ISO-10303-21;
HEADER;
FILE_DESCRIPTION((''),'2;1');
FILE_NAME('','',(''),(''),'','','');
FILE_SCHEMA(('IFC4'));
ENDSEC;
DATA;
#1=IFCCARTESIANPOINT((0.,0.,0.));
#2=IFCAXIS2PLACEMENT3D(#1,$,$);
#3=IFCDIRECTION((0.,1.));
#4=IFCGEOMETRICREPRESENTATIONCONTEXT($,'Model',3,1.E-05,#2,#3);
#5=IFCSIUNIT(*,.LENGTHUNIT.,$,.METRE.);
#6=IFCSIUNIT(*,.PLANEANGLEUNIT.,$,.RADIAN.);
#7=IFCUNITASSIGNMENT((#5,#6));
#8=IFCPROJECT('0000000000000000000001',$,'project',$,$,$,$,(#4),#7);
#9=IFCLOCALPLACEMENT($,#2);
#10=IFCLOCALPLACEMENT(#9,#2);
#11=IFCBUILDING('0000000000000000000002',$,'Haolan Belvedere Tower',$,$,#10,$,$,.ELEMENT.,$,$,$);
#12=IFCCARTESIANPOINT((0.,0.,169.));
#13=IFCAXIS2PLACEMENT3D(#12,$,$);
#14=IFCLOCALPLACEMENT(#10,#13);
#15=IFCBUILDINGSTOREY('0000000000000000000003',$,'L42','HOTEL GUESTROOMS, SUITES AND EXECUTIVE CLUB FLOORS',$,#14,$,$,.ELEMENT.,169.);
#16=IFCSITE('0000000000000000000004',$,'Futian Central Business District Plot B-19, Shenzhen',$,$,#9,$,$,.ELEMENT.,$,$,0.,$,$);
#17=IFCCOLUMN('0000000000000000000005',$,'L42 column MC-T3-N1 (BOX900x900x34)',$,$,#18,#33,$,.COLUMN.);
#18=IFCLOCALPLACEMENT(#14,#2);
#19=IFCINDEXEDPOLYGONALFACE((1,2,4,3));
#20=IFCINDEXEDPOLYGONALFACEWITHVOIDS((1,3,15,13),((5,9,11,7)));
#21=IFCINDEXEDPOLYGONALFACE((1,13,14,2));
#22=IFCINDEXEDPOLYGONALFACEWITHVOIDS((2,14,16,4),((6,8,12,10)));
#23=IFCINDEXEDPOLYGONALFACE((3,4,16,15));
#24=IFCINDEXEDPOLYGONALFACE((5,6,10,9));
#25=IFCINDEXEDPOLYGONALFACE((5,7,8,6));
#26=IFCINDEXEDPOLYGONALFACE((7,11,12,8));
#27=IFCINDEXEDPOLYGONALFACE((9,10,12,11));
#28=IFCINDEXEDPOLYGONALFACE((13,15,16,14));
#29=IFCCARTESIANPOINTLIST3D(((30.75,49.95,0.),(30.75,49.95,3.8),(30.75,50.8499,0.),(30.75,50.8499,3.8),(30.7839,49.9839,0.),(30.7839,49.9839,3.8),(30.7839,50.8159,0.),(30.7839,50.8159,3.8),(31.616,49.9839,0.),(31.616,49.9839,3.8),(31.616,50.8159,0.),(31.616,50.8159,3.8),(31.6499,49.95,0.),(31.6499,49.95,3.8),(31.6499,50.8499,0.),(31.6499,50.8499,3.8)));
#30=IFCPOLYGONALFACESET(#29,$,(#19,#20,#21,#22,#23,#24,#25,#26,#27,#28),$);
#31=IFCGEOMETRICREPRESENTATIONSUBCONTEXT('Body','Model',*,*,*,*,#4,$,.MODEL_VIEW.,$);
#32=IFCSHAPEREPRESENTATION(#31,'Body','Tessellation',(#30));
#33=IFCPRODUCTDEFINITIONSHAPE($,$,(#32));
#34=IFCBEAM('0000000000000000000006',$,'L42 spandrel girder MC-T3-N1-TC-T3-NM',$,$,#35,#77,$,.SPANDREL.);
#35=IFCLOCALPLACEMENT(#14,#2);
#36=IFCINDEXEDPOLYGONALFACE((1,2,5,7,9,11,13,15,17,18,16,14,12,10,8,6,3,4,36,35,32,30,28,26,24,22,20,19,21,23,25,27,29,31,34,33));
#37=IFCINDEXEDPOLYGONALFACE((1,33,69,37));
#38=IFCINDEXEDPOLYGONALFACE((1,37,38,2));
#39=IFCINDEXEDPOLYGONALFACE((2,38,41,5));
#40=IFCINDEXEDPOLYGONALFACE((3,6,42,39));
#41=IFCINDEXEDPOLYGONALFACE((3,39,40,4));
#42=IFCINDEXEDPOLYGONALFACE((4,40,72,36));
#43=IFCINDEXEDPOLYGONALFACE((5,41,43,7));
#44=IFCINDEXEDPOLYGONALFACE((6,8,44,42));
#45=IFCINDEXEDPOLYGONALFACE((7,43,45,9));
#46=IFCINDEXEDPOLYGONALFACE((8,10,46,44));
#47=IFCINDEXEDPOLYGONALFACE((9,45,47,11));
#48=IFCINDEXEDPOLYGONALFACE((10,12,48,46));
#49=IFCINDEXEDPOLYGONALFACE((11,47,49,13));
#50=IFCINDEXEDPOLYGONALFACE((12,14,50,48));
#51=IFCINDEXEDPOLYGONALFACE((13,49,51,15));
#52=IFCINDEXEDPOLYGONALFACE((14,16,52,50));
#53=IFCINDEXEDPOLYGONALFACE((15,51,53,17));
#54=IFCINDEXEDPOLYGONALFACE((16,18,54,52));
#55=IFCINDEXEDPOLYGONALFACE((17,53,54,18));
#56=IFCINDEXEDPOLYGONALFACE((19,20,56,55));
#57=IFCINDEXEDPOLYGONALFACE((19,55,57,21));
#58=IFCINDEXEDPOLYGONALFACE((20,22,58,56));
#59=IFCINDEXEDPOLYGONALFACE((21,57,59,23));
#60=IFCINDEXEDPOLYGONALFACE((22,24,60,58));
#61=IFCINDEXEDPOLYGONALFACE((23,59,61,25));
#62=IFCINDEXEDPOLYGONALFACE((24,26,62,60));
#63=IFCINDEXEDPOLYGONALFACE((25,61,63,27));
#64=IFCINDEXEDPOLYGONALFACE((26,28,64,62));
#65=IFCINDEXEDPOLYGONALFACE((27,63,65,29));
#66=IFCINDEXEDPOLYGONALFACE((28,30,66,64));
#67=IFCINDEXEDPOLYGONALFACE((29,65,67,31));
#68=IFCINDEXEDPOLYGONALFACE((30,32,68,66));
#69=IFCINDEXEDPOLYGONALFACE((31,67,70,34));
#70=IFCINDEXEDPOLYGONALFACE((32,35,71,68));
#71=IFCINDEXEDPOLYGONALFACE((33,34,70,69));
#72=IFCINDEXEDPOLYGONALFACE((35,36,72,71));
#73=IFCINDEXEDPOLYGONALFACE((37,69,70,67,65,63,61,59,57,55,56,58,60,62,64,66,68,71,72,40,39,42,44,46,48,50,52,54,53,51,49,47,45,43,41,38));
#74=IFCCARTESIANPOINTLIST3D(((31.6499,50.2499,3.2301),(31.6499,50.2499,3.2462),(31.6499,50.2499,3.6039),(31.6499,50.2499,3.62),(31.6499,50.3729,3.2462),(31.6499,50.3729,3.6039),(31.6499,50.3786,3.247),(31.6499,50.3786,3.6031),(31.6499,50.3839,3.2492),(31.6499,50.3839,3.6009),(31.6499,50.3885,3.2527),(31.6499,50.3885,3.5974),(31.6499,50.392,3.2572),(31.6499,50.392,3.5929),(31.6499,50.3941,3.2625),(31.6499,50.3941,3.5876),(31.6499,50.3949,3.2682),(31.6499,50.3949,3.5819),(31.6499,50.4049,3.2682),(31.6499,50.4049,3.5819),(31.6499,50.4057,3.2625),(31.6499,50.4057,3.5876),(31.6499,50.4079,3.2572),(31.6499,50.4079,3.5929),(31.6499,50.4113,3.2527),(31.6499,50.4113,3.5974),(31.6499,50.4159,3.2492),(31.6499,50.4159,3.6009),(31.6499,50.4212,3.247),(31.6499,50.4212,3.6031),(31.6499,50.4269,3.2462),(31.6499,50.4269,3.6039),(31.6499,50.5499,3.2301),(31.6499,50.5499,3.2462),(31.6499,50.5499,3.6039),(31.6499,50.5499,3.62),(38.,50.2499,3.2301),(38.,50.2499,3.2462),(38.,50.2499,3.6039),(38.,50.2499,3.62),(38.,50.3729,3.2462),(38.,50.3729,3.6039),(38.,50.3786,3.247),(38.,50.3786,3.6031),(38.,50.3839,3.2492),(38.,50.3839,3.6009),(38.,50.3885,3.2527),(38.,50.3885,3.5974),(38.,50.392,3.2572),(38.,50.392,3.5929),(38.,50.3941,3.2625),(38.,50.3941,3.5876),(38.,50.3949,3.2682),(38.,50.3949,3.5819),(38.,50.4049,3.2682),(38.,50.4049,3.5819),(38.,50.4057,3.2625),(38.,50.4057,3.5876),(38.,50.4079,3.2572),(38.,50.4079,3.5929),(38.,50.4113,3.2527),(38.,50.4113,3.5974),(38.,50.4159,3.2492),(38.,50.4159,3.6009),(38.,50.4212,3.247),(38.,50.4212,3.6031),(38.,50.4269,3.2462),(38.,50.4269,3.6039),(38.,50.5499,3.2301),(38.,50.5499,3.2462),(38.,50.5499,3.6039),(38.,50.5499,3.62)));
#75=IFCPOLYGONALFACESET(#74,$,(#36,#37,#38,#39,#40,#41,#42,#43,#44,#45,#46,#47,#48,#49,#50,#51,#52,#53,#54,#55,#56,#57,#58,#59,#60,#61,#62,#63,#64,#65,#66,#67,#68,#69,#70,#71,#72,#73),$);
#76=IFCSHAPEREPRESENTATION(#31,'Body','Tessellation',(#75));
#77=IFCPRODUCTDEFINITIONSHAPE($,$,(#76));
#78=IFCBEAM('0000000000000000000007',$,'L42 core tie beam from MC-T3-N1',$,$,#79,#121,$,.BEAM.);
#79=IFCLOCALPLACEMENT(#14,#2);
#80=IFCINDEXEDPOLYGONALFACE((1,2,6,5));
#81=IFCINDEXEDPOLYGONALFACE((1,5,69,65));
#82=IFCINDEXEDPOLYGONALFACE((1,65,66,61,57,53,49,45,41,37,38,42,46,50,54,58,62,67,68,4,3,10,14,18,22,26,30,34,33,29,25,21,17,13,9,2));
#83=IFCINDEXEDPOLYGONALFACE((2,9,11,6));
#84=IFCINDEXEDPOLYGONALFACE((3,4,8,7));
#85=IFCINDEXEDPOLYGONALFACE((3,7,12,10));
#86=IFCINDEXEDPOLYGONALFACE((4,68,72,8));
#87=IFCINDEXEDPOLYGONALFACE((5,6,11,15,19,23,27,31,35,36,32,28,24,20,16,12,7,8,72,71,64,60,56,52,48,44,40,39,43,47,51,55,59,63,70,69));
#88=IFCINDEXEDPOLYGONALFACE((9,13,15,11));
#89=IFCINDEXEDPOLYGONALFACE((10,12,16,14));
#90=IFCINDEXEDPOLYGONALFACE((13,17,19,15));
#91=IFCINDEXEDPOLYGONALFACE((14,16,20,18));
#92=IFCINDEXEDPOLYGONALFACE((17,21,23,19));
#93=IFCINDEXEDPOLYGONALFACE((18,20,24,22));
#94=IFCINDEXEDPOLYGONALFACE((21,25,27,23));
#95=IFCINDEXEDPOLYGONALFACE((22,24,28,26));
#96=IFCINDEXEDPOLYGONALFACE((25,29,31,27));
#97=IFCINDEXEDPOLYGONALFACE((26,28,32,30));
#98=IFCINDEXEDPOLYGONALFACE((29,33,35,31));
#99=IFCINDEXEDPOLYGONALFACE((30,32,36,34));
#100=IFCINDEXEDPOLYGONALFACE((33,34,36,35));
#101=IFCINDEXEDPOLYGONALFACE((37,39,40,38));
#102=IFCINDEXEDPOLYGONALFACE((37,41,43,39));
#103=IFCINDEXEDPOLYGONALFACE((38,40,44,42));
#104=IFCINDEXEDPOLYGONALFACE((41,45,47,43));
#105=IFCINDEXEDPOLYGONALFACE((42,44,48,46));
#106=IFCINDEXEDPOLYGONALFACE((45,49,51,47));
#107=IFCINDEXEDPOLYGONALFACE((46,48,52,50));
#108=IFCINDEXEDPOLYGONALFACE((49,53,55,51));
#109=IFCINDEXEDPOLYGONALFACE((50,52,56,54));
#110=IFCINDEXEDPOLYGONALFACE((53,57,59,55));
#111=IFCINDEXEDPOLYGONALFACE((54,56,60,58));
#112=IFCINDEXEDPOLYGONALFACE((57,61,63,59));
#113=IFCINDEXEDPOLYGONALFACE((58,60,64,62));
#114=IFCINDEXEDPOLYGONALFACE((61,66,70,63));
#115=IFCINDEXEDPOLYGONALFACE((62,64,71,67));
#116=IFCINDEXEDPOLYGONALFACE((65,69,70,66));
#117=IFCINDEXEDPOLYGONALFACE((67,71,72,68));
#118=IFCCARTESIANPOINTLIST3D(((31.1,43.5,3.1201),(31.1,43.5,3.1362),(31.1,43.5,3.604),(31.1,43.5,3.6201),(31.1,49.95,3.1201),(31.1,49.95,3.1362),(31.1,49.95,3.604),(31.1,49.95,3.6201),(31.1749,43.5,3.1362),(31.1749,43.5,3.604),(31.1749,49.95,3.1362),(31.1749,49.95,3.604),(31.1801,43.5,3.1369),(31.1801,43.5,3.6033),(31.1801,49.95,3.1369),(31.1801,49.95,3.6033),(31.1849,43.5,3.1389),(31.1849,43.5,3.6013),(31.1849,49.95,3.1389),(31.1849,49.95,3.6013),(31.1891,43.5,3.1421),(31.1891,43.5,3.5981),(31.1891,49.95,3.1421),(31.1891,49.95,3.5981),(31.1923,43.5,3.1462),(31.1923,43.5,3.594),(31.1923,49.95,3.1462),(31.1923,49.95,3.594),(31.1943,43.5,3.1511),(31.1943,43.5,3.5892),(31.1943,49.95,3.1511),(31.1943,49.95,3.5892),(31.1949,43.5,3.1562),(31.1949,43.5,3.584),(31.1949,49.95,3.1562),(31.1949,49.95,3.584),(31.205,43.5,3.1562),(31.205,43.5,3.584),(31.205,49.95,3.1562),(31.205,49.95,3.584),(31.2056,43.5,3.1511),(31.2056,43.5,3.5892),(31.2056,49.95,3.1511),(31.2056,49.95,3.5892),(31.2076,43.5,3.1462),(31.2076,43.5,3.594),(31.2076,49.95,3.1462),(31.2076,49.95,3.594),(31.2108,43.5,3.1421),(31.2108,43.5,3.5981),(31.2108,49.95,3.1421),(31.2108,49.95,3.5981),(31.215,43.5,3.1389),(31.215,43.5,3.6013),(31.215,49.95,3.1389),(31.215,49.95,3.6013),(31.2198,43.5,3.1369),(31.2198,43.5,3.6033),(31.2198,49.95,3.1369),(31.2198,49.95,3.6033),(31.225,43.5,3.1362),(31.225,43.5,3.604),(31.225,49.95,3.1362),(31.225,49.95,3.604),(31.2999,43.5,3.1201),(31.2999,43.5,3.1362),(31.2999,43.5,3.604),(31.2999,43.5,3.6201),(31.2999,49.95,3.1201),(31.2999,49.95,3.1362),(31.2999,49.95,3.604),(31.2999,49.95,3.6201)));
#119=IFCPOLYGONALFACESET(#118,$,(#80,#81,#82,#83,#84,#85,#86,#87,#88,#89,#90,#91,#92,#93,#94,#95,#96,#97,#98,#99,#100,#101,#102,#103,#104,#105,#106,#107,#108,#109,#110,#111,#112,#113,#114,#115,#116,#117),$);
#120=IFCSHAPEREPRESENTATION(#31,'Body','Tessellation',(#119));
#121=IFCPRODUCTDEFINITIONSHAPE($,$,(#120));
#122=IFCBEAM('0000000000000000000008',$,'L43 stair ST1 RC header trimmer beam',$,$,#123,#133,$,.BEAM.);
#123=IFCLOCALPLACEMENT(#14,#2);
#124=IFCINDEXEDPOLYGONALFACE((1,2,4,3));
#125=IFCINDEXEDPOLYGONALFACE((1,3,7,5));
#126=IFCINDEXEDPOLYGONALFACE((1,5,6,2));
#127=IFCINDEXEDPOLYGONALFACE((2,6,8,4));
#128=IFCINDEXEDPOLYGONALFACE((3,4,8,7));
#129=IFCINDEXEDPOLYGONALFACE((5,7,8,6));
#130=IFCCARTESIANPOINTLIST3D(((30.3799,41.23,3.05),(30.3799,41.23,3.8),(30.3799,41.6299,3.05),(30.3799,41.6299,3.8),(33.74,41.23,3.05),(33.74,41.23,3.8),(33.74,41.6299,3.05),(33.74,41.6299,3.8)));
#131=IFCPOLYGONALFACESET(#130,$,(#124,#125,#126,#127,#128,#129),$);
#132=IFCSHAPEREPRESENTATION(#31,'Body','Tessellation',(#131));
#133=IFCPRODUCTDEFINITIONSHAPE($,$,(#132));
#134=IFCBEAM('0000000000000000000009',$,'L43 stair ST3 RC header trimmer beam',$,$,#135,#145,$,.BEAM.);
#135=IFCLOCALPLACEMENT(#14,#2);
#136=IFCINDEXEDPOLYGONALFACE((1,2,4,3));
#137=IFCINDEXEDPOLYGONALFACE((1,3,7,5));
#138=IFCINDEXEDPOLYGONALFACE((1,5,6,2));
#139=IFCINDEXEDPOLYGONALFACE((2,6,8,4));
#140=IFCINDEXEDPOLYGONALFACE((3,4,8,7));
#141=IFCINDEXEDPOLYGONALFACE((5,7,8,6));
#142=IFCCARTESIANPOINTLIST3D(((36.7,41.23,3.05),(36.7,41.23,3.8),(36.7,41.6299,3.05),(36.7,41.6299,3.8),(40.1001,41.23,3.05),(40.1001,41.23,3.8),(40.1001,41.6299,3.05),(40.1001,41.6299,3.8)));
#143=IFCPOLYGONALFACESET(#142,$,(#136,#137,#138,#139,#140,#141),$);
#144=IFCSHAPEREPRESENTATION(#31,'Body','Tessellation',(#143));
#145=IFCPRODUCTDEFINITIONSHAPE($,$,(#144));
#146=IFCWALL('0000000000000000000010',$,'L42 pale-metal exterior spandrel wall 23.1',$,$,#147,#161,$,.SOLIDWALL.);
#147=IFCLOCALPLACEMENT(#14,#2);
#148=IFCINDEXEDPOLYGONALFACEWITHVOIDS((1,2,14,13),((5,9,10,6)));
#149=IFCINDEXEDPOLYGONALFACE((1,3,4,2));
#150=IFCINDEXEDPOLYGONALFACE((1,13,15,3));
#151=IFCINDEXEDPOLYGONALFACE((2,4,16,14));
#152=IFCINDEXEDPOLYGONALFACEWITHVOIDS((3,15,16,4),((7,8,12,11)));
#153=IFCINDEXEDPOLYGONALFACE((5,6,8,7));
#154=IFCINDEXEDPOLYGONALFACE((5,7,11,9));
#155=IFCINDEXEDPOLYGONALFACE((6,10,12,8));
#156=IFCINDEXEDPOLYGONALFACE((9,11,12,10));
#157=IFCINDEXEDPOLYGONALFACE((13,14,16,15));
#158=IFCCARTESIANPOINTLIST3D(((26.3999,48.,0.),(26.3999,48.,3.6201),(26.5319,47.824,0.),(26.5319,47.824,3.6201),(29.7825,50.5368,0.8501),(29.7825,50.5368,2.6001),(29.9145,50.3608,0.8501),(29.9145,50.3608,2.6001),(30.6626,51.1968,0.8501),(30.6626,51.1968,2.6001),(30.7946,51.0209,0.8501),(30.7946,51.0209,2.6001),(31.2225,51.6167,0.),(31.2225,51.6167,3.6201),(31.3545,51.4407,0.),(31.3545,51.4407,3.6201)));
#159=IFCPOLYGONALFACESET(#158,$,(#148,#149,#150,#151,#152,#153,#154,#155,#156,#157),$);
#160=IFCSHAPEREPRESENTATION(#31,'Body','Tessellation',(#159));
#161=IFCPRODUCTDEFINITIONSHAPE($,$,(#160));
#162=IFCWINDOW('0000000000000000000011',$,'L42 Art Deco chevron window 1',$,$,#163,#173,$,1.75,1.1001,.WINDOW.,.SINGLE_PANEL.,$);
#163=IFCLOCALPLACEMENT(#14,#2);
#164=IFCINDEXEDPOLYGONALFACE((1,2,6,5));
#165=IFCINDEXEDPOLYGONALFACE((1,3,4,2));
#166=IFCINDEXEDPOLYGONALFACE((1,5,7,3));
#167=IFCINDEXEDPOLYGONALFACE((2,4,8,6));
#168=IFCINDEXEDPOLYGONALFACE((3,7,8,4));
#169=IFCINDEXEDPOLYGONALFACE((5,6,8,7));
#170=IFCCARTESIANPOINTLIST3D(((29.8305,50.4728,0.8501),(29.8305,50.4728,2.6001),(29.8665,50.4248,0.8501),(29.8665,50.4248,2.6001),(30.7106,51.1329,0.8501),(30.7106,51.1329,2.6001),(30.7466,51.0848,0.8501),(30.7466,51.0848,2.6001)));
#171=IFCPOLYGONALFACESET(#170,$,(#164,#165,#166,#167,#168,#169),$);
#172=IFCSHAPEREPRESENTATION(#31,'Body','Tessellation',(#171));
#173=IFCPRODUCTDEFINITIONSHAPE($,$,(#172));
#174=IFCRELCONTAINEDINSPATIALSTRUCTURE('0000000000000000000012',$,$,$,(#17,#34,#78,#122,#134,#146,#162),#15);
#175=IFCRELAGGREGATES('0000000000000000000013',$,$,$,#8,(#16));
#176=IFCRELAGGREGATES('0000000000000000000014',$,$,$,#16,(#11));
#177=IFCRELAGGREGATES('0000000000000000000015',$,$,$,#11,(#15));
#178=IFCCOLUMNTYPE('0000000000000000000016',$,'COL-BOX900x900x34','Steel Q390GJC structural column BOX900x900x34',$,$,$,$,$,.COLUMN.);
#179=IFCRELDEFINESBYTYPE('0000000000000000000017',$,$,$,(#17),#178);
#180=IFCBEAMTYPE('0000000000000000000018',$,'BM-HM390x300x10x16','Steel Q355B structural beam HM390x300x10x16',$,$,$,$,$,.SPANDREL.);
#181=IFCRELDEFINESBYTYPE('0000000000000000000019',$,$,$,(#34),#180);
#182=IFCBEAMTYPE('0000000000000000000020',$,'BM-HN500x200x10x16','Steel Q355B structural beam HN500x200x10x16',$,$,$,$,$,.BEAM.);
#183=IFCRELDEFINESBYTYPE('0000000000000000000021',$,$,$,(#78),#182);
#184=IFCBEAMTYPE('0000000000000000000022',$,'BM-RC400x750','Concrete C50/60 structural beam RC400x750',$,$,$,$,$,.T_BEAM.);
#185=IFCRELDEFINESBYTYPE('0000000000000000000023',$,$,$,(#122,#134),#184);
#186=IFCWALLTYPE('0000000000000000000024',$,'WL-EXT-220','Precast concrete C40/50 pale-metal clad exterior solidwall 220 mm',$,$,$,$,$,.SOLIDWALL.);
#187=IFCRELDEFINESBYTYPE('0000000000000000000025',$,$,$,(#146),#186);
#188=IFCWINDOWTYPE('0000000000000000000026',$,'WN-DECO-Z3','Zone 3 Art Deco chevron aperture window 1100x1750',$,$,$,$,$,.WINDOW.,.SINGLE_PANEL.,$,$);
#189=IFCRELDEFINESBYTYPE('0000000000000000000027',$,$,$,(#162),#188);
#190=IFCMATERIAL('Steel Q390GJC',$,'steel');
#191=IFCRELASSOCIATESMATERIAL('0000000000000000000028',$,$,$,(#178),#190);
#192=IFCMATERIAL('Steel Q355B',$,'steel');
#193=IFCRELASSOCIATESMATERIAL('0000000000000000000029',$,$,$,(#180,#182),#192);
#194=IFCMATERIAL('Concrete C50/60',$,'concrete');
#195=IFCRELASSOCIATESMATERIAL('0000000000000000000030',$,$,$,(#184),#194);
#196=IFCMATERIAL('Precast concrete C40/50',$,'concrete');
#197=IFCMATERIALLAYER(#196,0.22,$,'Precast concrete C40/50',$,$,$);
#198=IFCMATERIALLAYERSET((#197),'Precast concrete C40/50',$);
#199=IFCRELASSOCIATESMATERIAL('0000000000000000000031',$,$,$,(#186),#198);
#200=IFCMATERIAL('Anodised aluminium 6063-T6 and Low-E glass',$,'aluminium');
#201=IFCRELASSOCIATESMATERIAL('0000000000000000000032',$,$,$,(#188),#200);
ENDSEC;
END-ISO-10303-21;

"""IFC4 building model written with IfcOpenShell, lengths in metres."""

from ifc_helpers import new_model, si_unit, direction, frame, frame_2d, origin, origin_2d, place, context, subcontext, project, spatial, rectangle, hollow_rectangle, i_section, extrude, material, layer, layer_set, material_profile, profile_set, type_object, element, fill, save


model = new_model("IFC4")

# Units and contexts
model_context = context("Model", 3, precision=1e-05, world=origin(), true_north=direction((0.0, 1.0)))
body_context = subcontext(model_context, "Body", "Model", "MODEL_VIEW")
ifc_project = project(units=[si_unit("LENGTHUNIT", "METRE"), si_unit("PLANEANGLEUNIT", "RADIAN")], contexts=[model_context])

# Site, building, storey
site_placement = place(None, origin())
site = spatial("IfcSite", under=ifc_project, at=site_placement, Name="Futian Central Business District Plot B-19, Shenzhen", CompositionType="ELEMENT", RefElevation=0.0)
building_placement = place(site_placement, origin())
building = spatial("IfcBuilding", under=site, at=building_placement, Name="Haolan Belvedere Tower", CompositionType="ELEMENT")
storey_placement = place(building_placement, frame((0.0, 0.0, 169.0)))
storey = spatial("IfcBuildingStorey", under=building, at=storey_placement, Name="L42", Description="HOTEL GUESTROOMS, SUITES AND EXECUTIVE CLUB FLOORS", CompositionType="ELEMENT", Elevation=169.0)

# Column
ifc_material_1 = material(Name="Steel Q390GJC", Category="steel")
ifc_material_profile_1 = material_profile(ifc_material_1, hollow_rectangle(XDim=0.8999, YDim=0.8999, WallThickness=0.0339, at=origin_2d()), Name="Steel Q390GJC")
ifc_profile_set_1 = profile_set([ifc_material_profile_1], Name="Steel Q390GJC")
column_type = type_object("IfcColumnType", Name="COL-BOX900x900x34", Description="Steel Q390GJC structural column BOX900x900x34", PredefinedType="COLUMN", material=ifc_profile_set_1)
column_placement = place(storey_placement, frame((31.2, 50.3999, 0.0), z_axis=(0.0, 0.0, 1.0), x_axis=(1.0, 0.0, 0.0)))
element("IfcColumn", 1, at=column_placement, inside=storey, type_object=column_type, Name="L42 column MC-T3-N1 (BOX900x900x34)", PredefinedType="COLUMN", context=body_context, shape_type="SweptSolid", body=[
    extrude(hollow_rectangle(XDim=0.8999, YDim=0.8999, WallThickness=0.0339, at=origin_2d()), origin(), (0.0, 0.0, 1.0), 3.8),
])

# Beams
ifc_material_2 = material(Name="Steel Q355B", Category="steel")
ifc_material_profile_2 = material_profile(ifc_material_2, i_section(OverallWidth=0.3, OverallDepth=0.3899, WebThickness=0.01, FlangeThickness=0.0161, FilletRadius=0.022, at=origin_2d()), Name="Steel Q355B")
ifc_profile_set_2 = profile_set([ifc_material_profile_2], Name="Steel Q355B")
beam_type_1 = type_object("IfcBeamType", Name="BM-HM390x300x10x16", Description="Steel Q355B structural beam HM390x300x10x16", PredefinedType="SPANDREL", material=ifc_profile_set_2)
beam_1_placement = place(storey_placement, frame((31.6499, 50.3999, 3.425), z_axis=(1.0, 0.0, 0.0), x_axis=(0.0, 1.0, 0.0)))
element("IfcBeam", 2, at=beam_1_placement, inside=storey, type_object=beam_type_1, Name="L42 spandrel girder MC-T3-N1-TC-T3-NM", PredefinedType="SPANDREL", context=body_context, shape_type="SweptSolid", body=[
    extrude(i_section(OverallWidth=0.3, OverallDepth=0.3899, WebThickness=0.01, FlangeThickness=0.0161, FilletRadius=0.022, at=origin_2d()), origin(), (0.0, 0.0, 1.0), 6.3501),
])
ifc_material_profile_3 = material_profile(ifc_material_2, i_section(OverallWidth=0.2, OverallDepth=0.5, WebThickness=0.01, FlangeThickness=0.0161, FilletRadius=0.02, at=origin_2d()), Name="Steel Q355B")
ifc_profile_set_3 = profile_set([ifc_material_profile_3], Name="Steel Q355B")
beam_type_2 = type_object("IfcBeamType", Name="BM-HN500x200x10x16", Description="Steel Q355B structural beam HN500x200x10x16", PredefinedType="BEAM", material=ifc_profile_set_3)
beam_2_placement = place(storey_placement, frame((31.2, 49.95, 3.3701), z_axis=(0.0, -1.0, 0.0), x_axis=(1.0, 0.0, 0.0)))
element("IfcBeam", 3, at=beam_2_placement, inside=storey, type_object=beam_type_2, Name="L42 core tie beam from MC-T3-N1", PredefinedType="BEAM", context=body_context, shape_type="SweptSolid", body=[
    extrude(i_section(OverallWidth=0.2, OverallDepth=0.5, WebThickness=0.01, FlangeThickness=0.0161, FilletRadius=0.02, at=origin_2d()), origin(), (0.0, 0.0, 1.0), 6.45),
])
ifc_material_3 = material(Name="Concrete C50/60", Category="concrete")
ifc_material_profile_4 = material_profile(ifc_material_3, rectangle(XDim=0.3999, YDim=0.75, at=origin_2d()), Name="Concrete C50/60")
ifc_profile_set_4 = profile_set([ifc_material_profile_4], Name="Concrete C50/60")
beam_type_3 = type_object("IfcBeamType", Name="BM-RC400x750", Description="Concrete C50/60 structural beam RC400x750", PredefinedType="T_BEAM", material=ifc_profile_set_4)
beam_3_placement = place(storey_placement, frame((30.3799, 41.4299, 3.425), z_axis=(1.0, 0.0, 0.0), x_axis=(0.0, 1.0, 0.0)))
element("IfcBeam", 4, at=beam_3_placement, inside=storey, type_object=beam_type_3, Name="L43 stair ST1 RC header trimmer beam", PredefinedType="BEAM", context=body_context, shape_type="SweptSolid", body=[
    extrude(rectangle(XDim=0.3999, YDim=0.75, at=origin_2d()), origin(), (0.0, 0.0, 1.0), 3.3601),
])
beam_4_placement = place(storey_placement, frame((36.7, 41.4299, 3.425), z_axis=(1.0, 0.0, 0.0), x_axis=(0.0, 1.0, 0.0)))
element("IfcBeam", 5, at=beam_4_placement, inside=storey, type_object=beam_type_3, Name="L43 stair ST3 RC header trimmer beam", PredefinedType="BEAM", context=body_context, shape_type="SweptSolid", body=[
    extrude(rectangle(XDim=0.3999, YDim=0.75, at=origin_2d()), origin(), (0.0, 0.0, 1.0), 3.4001),
])

# Wall, opening, window
ifc_material_4 = material(Name="Precast concrete C40/50", Category="concrete")
ifc_layer_1 = layer(ifc_material_4, 0.22, Name="Precast concrete C40/50")
ifc_layer_set_1 = layer_set([ifc_layer_1], Name="Precast concrete C40/50")
wall_type_1 = type_object("IfcWallType", Name="WL-EXT-220", Description="Precast concrete C40/50 pale-metal clad exterior solidwall 220 mm", PredefinedType="SOLIDWALL", material=ifc_layer_set_1)
wall_1_placement = place(storey_placement, frame((31.2886, 51.5288, 0.0), z_axis=(0.0, 0.0, 1.0), x_axis=(-0.800015, -0.599981, 0.0)))
wall_1 = element("IfcWall", 6, at=wall_1_placement, inside=storey, type_object=wall_type_1, Name="L42 pale-metal exterior spandrel wall 23.1", PredefinedType="SOLIDWALL", context=body_context, shape_type="SweptSolid", body=[
    extrude(rectangle(XDim=6.0281, YDim=0.22, at=frame_2d((3.0142, 0.0))), origin(), (0.0, 0.0, 1.0), 3.6201),
])
opening_1_placement = place(wall_1_placement, frame((0.7, 0.0, 0.8501)))
opening_1 = element("IfcOpeningElement", 7, at=opening_1_placement, cuts=wall_1, PredefinedType="OPENING", context=body_context, shape_type="SweptSolid", body=[
    extrude(rectangle(XDim=1.1001, YDim=1.75, at=frame_2d((0.55, 0.875))), frame((0.0, 0.1199, 0.0), z_axis=(0.0, -1.0, 0.0), x_axis=(1.0, 0.0, 0.0)), (0.0, 0.0, 1.0), 0.24),
])
ifc_material_5 = material(Name="Anodised aluminium 6063-T6 and Low-E glass", Category="aluminium")
window_type = type_object("IfcWindowType", Name="WN-DECO-Z3", Description="Zone 3 Art Deco chevron aperture window 1100x1750", PartitioningType="SINGLE_PANEL", PredefinedType="WINDOW", material=ifc_material_5)
window_placement = place(opening_1_placement, origin())
window = element("IfcWindow", 8, at=window_placement, inside=storey, type_object=window_type, Name="L42 Art Deco chevron window 1", OverallHeight=1.75, OverallWidth=1.1001, PartitioningType="SINGLE_PANEL", PredefinedType="WINDOW", context=body_context, shape_type="SweptSolid", body=[
    extrude(rectangle(XDim=1.1001, YDim=1.75, at=frame_2d((0.55, 0.875))), frame((0.0, 0.03, 0.0), z_axis=(0.0, -1.0, 0.0), x_axis=(1.0, 0.0, 0.0)), (0.0, 0.0, 1.0), 0.0601),
])
fill(opening_1, window)

save(model, "model.ifc")
